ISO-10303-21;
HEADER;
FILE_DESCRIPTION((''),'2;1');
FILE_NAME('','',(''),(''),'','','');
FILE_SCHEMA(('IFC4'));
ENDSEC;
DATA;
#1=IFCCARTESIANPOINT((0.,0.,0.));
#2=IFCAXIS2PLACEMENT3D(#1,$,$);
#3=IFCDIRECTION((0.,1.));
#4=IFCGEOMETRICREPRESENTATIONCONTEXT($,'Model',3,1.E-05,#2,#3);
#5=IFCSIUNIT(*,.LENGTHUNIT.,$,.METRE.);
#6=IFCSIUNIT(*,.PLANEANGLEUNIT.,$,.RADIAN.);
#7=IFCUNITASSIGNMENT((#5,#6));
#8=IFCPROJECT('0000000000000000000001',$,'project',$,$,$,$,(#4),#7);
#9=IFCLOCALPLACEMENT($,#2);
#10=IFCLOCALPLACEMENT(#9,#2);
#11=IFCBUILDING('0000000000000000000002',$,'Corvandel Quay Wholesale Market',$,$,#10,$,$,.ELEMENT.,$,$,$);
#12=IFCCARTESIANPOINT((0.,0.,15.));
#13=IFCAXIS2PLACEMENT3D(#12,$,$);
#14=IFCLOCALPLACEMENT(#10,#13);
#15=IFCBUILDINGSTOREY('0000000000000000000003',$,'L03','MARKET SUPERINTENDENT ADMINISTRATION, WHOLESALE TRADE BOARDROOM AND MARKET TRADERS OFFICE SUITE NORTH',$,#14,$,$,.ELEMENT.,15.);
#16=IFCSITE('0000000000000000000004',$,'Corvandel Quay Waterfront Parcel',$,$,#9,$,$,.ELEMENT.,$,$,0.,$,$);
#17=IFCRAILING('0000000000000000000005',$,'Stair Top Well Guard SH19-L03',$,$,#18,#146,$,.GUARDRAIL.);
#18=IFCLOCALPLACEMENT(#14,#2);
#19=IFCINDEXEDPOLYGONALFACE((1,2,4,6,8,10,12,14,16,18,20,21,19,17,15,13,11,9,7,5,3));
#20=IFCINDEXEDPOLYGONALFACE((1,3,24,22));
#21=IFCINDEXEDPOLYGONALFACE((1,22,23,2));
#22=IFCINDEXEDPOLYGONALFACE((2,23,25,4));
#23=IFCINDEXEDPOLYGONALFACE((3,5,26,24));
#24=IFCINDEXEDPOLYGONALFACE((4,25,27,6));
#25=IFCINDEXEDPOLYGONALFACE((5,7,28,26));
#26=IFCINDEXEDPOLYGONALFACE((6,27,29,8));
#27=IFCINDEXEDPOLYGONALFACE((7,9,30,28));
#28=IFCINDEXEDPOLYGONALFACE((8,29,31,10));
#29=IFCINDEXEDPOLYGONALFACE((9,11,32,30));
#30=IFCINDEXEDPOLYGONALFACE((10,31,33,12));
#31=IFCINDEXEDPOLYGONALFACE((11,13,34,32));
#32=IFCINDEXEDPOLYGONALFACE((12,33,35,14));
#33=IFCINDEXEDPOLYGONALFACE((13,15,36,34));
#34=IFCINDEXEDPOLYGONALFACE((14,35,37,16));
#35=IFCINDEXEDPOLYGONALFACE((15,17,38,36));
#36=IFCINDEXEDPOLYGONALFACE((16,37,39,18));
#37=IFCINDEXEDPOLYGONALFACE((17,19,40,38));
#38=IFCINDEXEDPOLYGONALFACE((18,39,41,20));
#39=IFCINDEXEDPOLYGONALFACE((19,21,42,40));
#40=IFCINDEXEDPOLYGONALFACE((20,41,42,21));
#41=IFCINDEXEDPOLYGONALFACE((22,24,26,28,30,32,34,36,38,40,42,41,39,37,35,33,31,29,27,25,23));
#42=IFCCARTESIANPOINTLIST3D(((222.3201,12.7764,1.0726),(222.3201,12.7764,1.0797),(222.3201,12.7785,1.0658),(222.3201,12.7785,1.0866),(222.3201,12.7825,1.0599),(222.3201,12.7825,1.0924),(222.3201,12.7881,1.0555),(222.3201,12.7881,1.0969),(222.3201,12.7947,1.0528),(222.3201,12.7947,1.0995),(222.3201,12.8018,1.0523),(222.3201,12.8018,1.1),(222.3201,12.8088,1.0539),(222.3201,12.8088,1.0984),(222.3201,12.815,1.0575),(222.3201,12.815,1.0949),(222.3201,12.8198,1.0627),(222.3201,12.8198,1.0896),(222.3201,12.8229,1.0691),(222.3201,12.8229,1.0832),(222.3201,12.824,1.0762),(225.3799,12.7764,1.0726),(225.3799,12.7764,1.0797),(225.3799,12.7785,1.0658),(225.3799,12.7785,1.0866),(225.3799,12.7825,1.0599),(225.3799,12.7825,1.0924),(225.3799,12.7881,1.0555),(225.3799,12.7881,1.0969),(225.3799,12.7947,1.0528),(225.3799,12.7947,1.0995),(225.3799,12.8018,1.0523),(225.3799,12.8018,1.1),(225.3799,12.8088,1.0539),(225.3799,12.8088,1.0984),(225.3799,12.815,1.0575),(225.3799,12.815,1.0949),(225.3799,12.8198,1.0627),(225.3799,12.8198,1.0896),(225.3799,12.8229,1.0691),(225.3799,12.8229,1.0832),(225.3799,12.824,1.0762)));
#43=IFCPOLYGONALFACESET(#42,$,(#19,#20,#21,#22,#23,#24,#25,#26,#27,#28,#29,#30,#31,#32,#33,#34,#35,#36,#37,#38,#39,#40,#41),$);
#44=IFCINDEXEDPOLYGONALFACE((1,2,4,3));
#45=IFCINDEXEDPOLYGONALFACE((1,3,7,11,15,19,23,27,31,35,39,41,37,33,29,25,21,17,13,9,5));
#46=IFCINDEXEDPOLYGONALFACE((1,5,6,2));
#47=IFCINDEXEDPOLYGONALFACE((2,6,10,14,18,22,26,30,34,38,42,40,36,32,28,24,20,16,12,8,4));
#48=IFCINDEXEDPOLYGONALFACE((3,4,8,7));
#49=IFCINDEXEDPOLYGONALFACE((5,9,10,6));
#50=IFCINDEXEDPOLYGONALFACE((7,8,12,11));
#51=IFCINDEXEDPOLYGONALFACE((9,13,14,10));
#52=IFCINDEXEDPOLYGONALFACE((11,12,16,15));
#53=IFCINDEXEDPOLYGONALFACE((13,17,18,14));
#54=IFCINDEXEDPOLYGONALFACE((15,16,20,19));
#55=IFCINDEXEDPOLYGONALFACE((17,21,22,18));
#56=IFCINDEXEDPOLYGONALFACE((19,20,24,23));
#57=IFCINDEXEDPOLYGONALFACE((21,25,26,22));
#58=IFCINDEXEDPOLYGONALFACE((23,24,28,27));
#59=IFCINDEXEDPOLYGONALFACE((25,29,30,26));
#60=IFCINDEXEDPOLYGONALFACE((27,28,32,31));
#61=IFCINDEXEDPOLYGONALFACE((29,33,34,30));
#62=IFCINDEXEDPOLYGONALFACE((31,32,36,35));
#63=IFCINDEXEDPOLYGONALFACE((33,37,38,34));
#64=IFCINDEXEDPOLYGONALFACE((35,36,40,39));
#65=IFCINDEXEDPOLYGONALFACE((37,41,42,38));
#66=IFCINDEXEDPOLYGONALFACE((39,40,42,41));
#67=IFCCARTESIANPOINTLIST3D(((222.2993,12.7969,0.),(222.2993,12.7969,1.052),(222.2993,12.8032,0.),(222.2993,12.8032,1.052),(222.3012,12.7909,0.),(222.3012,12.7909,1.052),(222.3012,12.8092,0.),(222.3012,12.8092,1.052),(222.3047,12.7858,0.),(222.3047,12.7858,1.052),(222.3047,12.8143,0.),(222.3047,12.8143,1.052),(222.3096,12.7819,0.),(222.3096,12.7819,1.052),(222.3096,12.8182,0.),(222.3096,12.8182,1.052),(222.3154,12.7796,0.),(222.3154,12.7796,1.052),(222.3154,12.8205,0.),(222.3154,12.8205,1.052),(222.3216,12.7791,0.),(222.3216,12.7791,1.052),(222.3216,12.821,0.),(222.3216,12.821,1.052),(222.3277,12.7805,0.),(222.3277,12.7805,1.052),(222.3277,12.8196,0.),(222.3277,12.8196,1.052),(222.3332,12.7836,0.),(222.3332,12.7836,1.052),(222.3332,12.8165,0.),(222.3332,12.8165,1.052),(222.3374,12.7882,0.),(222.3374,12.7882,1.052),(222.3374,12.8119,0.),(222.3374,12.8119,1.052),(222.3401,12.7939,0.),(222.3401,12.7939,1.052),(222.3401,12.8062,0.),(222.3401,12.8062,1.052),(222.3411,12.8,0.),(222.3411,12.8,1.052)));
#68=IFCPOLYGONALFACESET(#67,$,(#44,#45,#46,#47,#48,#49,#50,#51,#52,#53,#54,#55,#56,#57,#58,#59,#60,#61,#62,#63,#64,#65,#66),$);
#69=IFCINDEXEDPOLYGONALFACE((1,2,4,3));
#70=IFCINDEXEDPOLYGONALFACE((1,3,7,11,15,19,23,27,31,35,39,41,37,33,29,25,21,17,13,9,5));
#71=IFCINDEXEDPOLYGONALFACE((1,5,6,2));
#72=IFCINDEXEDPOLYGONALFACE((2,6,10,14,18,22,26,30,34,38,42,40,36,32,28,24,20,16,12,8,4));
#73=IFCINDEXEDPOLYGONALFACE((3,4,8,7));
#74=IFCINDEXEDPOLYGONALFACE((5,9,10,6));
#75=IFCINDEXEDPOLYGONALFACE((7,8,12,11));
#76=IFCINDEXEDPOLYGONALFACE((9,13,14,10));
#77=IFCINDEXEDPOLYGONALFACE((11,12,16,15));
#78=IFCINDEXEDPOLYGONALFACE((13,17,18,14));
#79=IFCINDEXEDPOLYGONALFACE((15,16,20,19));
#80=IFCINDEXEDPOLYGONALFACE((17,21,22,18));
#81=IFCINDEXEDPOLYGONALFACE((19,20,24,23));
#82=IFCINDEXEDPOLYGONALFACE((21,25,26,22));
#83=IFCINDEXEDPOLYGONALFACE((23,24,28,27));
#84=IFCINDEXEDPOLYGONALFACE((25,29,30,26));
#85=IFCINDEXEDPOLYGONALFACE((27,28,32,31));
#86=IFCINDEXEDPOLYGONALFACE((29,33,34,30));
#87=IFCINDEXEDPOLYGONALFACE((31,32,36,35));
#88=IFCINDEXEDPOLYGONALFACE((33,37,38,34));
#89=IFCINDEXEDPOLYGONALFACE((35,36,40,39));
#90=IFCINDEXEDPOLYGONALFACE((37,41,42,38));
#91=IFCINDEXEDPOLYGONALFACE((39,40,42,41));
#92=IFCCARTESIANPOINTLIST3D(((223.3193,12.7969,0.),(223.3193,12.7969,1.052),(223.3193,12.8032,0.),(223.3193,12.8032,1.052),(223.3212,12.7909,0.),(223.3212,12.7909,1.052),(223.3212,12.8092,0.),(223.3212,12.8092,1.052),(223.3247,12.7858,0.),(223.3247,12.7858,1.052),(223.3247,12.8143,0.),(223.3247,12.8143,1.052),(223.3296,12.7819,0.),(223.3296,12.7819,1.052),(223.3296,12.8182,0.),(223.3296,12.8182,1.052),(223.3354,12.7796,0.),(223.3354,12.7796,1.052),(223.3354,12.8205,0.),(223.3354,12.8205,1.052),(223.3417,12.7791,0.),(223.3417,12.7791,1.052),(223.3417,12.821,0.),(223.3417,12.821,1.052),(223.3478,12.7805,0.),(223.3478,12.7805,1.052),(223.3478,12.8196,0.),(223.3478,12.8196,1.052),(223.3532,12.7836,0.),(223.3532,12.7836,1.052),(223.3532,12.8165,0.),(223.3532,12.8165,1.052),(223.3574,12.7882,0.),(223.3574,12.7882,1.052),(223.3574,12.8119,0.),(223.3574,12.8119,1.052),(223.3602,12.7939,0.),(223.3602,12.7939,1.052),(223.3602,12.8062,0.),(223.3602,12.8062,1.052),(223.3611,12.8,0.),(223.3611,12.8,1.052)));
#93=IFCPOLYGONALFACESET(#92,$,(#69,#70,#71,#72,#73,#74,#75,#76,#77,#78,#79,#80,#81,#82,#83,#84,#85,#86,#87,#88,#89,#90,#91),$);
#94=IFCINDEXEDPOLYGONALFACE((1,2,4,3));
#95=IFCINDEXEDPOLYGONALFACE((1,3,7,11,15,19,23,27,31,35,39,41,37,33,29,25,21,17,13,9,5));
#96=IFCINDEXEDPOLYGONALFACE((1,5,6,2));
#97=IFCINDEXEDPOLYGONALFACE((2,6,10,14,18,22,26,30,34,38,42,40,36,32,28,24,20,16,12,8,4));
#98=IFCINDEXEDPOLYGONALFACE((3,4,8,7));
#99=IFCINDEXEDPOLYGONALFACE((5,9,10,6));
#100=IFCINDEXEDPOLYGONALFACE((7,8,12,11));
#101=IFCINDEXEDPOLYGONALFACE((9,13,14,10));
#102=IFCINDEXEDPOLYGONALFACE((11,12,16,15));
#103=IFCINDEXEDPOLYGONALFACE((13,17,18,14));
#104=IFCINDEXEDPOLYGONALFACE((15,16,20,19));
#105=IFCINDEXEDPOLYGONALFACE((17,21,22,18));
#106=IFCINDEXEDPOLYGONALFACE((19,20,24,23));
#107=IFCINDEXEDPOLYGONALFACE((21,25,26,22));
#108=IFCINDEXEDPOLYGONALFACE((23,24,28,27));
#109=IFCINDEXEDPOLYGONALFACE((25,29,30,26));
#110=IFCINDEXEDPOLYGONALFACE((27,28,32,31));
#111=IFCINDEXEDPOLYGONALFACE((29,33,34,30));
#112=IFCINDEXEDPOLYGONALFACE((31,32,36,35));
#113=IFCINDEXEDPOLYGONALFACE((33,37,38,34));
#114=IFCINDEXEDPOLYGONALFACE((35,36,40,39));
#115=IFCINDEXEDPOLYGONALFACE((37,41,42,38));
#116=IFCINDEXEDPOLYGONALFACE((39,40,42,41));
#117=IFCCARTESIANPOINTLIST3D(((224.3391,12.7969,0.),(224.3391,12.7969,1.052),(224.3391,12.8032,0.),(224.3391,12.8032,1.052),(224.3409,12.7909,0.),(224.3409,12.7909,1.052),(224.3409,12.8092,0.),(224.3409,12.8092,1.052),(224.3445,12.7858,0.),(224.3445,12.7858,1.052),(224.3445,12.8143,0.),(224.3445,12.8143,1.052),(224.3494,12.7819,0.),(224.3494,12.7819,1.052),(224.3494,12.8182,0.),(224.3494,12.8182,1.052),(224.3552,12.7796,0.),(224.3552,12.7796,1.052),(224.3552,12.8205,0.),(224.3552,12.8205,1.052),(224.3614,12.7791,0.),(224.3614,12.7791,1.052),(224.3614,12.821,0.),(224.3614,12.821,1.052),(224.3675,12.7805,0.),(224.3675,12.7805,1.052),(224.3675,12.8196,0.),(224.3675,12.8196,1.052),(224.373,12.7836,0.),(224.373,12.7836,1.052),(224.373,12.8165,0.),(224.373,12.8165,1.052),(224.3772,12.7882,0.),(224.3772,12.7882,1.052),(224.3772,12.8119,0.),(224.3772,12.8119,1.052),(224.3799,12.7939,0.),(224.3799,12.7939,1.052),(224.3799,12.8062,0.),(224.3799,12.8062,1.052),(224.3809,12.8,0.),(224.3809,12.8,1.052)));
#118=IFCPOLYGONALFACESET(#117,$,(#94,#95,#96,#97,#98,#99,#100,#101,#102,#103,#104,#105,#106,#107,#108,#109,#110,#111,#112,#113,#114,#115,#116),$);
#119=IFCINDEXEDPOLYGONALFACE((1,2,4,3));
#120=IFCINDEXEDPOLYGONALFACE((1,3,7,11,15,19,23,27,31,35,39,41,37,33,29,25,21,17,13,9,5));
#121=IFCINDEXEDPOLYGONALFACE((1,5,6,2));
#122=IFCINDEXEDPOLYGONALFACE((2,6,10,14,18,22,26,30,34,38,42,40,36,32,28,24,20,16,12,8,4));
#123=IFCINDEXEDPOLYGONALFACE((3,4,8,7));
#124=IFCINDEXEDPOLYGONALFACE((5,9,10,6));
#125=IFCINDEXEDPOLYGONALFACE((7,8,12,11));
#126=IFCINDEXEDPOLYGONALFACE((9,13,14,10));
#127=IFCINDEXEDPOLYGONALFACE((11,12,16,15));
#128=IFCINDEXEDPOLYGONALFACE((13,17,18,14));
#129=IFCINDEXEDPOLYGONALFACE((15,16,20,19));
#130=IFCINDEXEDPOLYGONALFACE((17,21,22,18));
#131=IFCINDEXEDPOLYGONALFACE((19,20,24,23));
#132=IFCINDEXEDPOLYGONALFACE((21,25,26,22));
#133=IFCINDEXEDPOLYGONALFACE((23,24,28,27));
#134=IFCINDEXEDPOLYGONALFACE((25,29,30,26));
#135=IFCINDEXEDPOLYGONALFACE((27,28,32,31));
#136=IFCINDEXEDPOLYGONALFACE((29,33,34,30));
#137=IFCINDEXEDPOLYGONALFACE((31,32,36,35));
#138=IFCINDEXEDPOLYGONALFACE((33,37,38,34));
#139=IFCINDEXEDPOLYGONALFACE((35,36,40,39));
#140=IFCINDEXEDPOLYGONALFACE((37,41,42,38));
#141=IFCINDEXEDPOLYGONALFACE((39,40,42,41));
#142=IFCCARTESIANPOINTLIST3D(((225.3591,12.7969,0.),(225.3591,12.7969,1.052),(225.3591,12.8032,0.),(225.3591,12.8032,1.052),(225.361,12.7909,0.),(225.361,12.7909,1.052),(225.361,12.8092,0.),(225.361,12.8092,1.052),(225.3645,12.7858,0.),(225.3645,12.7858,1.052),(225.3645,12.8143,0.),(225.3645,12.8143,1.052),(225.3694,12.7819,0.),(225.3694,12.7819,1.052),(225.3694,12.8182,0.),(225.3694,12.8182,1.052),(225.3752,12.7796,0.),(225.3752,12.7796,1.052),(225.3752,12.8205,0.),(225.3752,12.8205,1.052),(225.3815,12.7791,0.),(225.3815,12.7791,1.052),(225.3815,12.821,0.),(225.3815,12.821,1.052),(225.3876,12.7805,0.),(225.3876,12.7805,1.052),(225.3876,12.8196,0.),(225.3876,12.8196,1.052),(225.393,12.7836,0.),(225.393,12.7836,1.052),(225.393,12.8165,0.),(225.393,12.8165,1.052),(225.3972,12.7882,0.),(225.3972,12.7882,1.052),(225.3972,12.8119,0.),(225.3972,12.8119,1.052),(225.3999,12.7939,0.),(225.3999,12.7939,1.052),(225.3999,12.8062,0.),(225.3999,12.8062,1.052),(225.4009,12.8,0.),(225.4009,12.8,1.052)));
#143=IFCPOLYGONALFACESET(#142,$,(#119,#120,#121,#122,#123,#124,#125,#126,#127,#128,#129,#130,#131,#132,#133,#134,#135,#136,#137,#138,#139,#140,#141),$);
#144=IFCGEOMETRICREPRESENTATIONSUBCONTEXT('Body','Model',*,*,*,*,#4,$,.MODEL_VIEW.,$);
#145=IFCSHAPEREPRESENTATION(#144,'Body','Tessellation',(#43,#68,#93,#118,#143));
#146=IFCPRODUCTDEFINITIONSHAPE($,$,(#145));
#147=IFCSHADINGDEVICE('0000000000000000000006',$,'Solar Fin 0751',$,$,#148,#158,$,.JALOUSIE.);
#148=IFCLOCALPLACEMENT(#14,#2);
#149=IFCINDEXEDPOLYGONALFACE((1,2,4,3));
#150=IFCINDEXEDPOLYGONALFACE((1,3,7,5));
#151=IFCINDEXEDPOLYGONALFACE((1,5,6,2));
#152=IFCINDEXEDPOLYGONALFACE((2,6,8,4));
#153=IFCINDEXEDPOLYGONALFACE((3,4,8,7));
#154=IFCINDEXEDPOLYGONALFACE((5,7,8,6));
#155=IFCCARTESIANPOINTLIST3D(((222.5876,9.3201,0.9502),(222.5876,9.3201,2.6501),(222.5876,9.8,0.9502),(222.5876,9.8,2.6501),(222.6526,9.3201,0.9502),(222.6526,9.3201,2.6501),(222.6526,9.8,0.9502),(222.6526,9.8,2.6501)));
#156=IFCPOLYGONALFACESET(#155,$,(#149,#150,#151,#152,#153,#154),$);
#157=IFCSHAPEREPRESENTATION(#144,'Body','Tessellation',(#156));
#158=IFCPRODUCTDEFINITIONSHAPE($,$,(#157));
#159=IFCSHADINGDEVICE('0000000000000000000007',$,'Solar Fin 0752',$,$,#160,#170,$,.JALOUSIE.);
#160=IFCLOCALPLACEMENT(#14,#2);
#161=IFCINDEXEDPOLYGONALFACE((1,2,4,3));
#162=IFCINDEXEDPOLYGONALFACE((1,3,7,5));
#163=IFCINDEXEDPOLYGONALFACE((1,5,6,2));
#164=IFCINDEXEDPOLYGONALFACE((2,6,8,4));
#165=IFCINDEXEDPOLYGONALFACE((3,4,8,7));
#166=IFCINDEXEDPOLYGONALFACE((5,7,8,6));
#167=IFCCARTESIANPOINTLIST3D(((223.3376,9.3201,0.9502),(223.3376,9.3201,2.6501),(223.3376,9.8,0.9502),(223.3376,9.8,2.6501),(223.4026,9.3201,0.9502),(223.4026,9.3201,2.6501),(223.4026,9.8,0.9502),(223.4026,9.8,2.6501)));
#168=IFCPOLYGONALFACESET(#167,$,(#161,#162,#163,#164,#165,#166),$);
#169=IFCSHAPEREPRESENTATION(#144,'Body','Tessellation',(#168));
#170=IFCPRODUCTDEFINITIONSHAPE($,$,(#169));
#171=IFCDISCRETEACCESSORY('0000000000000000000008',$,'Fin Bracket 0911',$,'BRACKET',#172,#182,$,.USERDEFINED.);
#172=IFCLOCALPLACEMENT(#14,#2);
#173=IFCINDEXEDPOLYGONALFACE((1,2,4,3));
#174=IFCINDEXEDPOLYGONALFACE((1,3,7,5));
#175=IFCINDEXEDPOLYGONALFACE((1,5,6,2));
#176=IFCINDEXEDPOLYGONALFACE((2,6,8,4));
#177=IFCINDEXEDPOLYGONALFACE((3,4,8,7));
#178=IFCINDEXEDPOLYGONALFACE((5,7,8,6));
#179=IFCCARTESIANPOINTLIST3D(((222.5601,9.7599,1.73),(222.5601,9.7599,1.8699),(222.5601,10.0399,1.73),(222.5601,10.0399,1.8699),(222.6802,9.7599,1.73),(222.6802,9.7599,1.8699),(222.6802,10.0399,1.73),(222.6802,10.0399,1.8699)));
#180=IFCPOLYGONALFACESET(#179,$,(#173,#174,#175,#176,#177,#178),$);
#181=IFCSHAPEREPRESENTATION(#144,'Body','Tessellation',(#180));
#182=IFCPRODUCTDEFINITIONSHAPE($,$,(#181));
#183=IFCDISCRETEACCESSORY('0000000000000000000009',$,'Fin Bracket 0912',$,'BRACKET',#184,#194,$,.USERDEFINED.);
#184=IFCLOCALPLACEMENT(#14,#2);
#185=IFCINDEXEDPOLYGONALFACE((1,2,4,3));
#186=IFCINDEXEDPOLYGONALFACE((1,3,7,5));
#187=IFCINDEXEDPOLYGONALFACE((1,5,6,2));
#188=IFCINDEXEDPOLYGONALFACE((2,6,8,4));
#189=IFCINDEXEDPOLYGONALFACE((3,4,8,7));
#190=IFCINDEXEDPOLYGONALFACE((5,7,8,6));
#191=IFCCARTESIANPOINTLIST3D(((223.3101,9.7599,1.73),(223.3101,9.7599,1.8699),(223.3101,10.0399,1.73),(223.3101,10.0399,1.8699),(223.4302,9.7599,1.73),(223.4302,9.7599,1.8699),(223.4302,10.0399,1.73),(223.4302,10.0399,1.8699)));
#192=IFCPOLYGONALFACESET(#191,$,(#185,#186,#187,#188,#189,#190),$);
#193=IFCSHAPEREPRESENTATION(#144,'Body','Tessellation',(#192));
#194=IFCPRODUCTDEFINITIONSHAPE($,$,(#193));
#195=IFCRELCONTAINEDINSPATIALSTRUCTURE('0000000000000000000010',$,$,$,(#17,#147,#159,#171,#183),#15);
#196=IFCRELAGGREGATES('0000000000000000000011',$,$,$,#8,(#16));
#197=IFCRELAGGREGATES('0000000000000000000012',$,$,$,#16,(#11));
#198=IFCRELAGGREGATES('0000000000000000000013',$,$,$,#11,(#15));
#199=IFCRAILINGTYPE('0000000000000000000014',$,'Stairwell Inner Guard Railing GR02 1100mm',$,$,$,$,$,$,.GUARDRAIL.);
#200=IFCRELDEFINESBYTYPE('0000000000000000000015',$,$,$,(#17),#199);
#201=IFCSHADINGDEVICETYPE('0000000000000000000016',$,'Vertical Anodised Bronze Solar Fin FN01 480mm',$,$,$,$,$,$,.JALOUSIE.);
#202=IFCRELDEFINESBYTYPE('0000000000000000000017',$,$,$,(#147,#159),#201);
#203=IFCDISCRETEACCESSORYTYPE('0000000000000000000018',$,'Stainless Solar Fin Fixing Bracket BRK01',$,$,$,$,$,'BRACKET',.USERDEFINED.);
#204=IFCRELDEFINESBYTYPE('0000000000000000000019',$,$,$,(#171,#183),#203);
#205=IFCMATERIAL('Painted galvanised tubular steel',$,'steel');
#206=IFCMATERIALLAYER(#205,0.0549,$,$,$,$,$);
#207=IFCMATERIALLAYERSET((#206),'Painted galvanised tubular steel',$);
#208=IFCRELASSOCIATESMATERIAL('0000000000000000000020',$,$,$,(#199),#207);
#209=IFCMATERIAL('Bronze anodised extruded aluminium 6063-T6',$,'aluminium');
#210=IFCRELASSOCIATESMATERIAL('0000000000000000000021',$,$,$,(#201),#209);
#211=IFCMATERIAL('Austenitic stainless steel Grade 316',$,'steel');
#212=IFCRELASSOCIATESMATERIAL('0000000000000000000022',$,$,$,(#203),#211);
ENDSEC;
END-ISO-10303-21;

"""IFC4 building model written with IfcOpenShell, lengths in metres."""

from ifc_helpers import new_model, si_unit, direction, frame, origin, origin_2d, place, context, subcontext, project, spatial, rectangle, circle, extrude, material, layer, layer_set, type_object, element, save


model = new_model("IFC4")

# Units and contexts
model_context = context("Model", 3, precision=1e-05, world=origin(), true_north=direction((0.0, 1.0)))
body_context = subcontext(model_context, "Body", "Model", "MODEL_VIEW")
ifc_project = project(units=[si_unit("LENGTHUNIT", "METRE"), si_unit("PLANEANGLEUNIT", "RADIAN")], contexts=[model_context])

# Site, building, storey
site_placement = place(None, origin())
site = spatial("IfcSite", under=ifc_project, at=site_placement, Name="Corvandel Quay Waterfront Parcel", CompositionType="ELEMENT", RefElevation=0.0)
building_placement = place(site_placement, origin())
building = spatial("IfcBuilding", under=site, at=building_placement, Name="Corvandel Quay Wholesale Market", CompositionType="ELEMENT")
storey_placement = place(building_placement, frame((0.0, 0.0, 15.0)))
storey = spatial("IfcBuildingStorey", under=building, at=storey_placement, Name="L03", Description="MARKET SUPERINTENDENT ADMINISTRATION, WHOLESALE TRADE BOARDROOM AND MARKET TRADERS OFFICE SUITE NORTH", CompositionType="ELEMENT", Elevation=15.0)

# Railing
ifc_material_1 = material(Name="Painted galvanised tubular steel", Category="steel")
ifc_layer_1 = layer(ifc_material_1, 0.0549)
ifc_layer_set_1 = layer_set([ifc_layer_1], Name="Painted galvanised tubular steel")
railing_type = type_object("IfcRailingType", Name="Stairwell Inner Guard Railing GR02 1100mm", PredefinedType="GUARDRAIL", material=ifc_layer_set_1)
railing_placement = place(storey_placement, frame((222.3201, 12.8, 0.0)))
element("IfcRailing", 1, at=railing_placement, inside=storey, type_object=railing_type, Name="Stair Top Well Guard SH19-L03", PredefinedType="GUARDRAIL", context=body_context, shape_type="SweptSolid", body=[
    extrude(circle(Radius=0.0239, at=origin_2d()), frame((0.0, 0.0, 1.0762), z_axis=(1.0, 0.0, 0.0), x_axis=(0.0, 1.0, 0.0)), (0.0, 0.0, 1.0), 3.0598),
    extrude(circle(Radius=0.021, at=origin_2d()), origin(), (0.0, 0.0, 1.0), 1.052),
    extrude(circle(Radius=0.021, at=origin_2d()), frame((1.02, 0.0, 0.0)), (0.0, 0.0, 1.0), 1.052),
    extrude(circle(Radius=0.021, at=origin_2d()), frame((2.0398, 0.0, 0.0)), (0.0, 0.0, 1.0), 1.052),
    extrude(circle(Radius=0.021, at=origin_2d()), frame((3.0598, 0.0, 0.0)), (0.0, 0.0, 1.0), 1.052),
])

# Shading devices
ifc_material_2 = material(Name="Bronze anodised extruded aluminium 6063-T6", Category="aluminium")
shading_device_type = type_object("IfcShadingDeviceType", Name="Vertical Anodised Bronze Solar Fin FN01 480mm", PredefinedType="JALOUSIE", material=ifc_material_2)
for number, where, z_axis, x_axis, name in (
    (2, (222.6201, 9.5601, 0.9502), (0.0, 0.0, 1.0), (0.0, 1.0, 0.0), "Solar Fin 0751"),
    (3, (223.3701, 9.5601, 0.9502), (0.0, 0.0, 1.0), (0.0, 1.0, 0.0), "Solar Fin 0752"),
):
    element("IfcShadingDevice", number, at=place(storey_placement, frame(where, z_axis=z_axis, x_axis=x_axis)), inside=storey, type_object=shading_device_type, Name=name, PredefinedType="JALOUSIE", context=body_context, shape_type="SweptSolid", body=[
        extrude(rectangle(XDim=0.48, YDim=0.0649, at=origin_2d()), origin(), (0.0, 0.0, 1.0), 1.7),
    ])

# Discrete accessories
ifc_material_3 = material(Name="Austenitic stainless steel Grade 316", Category="steel")
discrete_accessory_type = type_object("IfcDiscreteAccessoryType", Name="Stainless Solar Fin Fixing Bracket BRK01", ElementType="BRACKET", PredefinedType="USERDEFINED", material=ifc_material_3)
for number, where, z_axis, x_axis, name in (
    (4, (222.6201, 9.8999, 1.73), (0.0, 0.0, 1.0), (0.0, 1.0, 0.0), "Fin Bracket 0911"),
    (5, (223.3701, 9.8999, 1.73), (0.0, 0.0, 1.0), (0.0, 1.0, 0.0), "Fin Bracket 0912"),
):
    element("IfcDiscreteAccessory", number, at=place(storey_placement, frame(where, z_axis=z_axis, x_axis=x_axis)), inside=storey, type_object=discrete_accessory_type, Name=name, ObjectType="BRACKET", PredefinedType="USERDEFINED", context=body_context, shape_type="SweptSolid", body=[
        extrude(rectangle(XDim=0.28, YDim=0.1201, at=origin_2d()), origin(), (0.0, 0.0, 1.0), 0.1399),
    ])

save(model, "model.ifc")
